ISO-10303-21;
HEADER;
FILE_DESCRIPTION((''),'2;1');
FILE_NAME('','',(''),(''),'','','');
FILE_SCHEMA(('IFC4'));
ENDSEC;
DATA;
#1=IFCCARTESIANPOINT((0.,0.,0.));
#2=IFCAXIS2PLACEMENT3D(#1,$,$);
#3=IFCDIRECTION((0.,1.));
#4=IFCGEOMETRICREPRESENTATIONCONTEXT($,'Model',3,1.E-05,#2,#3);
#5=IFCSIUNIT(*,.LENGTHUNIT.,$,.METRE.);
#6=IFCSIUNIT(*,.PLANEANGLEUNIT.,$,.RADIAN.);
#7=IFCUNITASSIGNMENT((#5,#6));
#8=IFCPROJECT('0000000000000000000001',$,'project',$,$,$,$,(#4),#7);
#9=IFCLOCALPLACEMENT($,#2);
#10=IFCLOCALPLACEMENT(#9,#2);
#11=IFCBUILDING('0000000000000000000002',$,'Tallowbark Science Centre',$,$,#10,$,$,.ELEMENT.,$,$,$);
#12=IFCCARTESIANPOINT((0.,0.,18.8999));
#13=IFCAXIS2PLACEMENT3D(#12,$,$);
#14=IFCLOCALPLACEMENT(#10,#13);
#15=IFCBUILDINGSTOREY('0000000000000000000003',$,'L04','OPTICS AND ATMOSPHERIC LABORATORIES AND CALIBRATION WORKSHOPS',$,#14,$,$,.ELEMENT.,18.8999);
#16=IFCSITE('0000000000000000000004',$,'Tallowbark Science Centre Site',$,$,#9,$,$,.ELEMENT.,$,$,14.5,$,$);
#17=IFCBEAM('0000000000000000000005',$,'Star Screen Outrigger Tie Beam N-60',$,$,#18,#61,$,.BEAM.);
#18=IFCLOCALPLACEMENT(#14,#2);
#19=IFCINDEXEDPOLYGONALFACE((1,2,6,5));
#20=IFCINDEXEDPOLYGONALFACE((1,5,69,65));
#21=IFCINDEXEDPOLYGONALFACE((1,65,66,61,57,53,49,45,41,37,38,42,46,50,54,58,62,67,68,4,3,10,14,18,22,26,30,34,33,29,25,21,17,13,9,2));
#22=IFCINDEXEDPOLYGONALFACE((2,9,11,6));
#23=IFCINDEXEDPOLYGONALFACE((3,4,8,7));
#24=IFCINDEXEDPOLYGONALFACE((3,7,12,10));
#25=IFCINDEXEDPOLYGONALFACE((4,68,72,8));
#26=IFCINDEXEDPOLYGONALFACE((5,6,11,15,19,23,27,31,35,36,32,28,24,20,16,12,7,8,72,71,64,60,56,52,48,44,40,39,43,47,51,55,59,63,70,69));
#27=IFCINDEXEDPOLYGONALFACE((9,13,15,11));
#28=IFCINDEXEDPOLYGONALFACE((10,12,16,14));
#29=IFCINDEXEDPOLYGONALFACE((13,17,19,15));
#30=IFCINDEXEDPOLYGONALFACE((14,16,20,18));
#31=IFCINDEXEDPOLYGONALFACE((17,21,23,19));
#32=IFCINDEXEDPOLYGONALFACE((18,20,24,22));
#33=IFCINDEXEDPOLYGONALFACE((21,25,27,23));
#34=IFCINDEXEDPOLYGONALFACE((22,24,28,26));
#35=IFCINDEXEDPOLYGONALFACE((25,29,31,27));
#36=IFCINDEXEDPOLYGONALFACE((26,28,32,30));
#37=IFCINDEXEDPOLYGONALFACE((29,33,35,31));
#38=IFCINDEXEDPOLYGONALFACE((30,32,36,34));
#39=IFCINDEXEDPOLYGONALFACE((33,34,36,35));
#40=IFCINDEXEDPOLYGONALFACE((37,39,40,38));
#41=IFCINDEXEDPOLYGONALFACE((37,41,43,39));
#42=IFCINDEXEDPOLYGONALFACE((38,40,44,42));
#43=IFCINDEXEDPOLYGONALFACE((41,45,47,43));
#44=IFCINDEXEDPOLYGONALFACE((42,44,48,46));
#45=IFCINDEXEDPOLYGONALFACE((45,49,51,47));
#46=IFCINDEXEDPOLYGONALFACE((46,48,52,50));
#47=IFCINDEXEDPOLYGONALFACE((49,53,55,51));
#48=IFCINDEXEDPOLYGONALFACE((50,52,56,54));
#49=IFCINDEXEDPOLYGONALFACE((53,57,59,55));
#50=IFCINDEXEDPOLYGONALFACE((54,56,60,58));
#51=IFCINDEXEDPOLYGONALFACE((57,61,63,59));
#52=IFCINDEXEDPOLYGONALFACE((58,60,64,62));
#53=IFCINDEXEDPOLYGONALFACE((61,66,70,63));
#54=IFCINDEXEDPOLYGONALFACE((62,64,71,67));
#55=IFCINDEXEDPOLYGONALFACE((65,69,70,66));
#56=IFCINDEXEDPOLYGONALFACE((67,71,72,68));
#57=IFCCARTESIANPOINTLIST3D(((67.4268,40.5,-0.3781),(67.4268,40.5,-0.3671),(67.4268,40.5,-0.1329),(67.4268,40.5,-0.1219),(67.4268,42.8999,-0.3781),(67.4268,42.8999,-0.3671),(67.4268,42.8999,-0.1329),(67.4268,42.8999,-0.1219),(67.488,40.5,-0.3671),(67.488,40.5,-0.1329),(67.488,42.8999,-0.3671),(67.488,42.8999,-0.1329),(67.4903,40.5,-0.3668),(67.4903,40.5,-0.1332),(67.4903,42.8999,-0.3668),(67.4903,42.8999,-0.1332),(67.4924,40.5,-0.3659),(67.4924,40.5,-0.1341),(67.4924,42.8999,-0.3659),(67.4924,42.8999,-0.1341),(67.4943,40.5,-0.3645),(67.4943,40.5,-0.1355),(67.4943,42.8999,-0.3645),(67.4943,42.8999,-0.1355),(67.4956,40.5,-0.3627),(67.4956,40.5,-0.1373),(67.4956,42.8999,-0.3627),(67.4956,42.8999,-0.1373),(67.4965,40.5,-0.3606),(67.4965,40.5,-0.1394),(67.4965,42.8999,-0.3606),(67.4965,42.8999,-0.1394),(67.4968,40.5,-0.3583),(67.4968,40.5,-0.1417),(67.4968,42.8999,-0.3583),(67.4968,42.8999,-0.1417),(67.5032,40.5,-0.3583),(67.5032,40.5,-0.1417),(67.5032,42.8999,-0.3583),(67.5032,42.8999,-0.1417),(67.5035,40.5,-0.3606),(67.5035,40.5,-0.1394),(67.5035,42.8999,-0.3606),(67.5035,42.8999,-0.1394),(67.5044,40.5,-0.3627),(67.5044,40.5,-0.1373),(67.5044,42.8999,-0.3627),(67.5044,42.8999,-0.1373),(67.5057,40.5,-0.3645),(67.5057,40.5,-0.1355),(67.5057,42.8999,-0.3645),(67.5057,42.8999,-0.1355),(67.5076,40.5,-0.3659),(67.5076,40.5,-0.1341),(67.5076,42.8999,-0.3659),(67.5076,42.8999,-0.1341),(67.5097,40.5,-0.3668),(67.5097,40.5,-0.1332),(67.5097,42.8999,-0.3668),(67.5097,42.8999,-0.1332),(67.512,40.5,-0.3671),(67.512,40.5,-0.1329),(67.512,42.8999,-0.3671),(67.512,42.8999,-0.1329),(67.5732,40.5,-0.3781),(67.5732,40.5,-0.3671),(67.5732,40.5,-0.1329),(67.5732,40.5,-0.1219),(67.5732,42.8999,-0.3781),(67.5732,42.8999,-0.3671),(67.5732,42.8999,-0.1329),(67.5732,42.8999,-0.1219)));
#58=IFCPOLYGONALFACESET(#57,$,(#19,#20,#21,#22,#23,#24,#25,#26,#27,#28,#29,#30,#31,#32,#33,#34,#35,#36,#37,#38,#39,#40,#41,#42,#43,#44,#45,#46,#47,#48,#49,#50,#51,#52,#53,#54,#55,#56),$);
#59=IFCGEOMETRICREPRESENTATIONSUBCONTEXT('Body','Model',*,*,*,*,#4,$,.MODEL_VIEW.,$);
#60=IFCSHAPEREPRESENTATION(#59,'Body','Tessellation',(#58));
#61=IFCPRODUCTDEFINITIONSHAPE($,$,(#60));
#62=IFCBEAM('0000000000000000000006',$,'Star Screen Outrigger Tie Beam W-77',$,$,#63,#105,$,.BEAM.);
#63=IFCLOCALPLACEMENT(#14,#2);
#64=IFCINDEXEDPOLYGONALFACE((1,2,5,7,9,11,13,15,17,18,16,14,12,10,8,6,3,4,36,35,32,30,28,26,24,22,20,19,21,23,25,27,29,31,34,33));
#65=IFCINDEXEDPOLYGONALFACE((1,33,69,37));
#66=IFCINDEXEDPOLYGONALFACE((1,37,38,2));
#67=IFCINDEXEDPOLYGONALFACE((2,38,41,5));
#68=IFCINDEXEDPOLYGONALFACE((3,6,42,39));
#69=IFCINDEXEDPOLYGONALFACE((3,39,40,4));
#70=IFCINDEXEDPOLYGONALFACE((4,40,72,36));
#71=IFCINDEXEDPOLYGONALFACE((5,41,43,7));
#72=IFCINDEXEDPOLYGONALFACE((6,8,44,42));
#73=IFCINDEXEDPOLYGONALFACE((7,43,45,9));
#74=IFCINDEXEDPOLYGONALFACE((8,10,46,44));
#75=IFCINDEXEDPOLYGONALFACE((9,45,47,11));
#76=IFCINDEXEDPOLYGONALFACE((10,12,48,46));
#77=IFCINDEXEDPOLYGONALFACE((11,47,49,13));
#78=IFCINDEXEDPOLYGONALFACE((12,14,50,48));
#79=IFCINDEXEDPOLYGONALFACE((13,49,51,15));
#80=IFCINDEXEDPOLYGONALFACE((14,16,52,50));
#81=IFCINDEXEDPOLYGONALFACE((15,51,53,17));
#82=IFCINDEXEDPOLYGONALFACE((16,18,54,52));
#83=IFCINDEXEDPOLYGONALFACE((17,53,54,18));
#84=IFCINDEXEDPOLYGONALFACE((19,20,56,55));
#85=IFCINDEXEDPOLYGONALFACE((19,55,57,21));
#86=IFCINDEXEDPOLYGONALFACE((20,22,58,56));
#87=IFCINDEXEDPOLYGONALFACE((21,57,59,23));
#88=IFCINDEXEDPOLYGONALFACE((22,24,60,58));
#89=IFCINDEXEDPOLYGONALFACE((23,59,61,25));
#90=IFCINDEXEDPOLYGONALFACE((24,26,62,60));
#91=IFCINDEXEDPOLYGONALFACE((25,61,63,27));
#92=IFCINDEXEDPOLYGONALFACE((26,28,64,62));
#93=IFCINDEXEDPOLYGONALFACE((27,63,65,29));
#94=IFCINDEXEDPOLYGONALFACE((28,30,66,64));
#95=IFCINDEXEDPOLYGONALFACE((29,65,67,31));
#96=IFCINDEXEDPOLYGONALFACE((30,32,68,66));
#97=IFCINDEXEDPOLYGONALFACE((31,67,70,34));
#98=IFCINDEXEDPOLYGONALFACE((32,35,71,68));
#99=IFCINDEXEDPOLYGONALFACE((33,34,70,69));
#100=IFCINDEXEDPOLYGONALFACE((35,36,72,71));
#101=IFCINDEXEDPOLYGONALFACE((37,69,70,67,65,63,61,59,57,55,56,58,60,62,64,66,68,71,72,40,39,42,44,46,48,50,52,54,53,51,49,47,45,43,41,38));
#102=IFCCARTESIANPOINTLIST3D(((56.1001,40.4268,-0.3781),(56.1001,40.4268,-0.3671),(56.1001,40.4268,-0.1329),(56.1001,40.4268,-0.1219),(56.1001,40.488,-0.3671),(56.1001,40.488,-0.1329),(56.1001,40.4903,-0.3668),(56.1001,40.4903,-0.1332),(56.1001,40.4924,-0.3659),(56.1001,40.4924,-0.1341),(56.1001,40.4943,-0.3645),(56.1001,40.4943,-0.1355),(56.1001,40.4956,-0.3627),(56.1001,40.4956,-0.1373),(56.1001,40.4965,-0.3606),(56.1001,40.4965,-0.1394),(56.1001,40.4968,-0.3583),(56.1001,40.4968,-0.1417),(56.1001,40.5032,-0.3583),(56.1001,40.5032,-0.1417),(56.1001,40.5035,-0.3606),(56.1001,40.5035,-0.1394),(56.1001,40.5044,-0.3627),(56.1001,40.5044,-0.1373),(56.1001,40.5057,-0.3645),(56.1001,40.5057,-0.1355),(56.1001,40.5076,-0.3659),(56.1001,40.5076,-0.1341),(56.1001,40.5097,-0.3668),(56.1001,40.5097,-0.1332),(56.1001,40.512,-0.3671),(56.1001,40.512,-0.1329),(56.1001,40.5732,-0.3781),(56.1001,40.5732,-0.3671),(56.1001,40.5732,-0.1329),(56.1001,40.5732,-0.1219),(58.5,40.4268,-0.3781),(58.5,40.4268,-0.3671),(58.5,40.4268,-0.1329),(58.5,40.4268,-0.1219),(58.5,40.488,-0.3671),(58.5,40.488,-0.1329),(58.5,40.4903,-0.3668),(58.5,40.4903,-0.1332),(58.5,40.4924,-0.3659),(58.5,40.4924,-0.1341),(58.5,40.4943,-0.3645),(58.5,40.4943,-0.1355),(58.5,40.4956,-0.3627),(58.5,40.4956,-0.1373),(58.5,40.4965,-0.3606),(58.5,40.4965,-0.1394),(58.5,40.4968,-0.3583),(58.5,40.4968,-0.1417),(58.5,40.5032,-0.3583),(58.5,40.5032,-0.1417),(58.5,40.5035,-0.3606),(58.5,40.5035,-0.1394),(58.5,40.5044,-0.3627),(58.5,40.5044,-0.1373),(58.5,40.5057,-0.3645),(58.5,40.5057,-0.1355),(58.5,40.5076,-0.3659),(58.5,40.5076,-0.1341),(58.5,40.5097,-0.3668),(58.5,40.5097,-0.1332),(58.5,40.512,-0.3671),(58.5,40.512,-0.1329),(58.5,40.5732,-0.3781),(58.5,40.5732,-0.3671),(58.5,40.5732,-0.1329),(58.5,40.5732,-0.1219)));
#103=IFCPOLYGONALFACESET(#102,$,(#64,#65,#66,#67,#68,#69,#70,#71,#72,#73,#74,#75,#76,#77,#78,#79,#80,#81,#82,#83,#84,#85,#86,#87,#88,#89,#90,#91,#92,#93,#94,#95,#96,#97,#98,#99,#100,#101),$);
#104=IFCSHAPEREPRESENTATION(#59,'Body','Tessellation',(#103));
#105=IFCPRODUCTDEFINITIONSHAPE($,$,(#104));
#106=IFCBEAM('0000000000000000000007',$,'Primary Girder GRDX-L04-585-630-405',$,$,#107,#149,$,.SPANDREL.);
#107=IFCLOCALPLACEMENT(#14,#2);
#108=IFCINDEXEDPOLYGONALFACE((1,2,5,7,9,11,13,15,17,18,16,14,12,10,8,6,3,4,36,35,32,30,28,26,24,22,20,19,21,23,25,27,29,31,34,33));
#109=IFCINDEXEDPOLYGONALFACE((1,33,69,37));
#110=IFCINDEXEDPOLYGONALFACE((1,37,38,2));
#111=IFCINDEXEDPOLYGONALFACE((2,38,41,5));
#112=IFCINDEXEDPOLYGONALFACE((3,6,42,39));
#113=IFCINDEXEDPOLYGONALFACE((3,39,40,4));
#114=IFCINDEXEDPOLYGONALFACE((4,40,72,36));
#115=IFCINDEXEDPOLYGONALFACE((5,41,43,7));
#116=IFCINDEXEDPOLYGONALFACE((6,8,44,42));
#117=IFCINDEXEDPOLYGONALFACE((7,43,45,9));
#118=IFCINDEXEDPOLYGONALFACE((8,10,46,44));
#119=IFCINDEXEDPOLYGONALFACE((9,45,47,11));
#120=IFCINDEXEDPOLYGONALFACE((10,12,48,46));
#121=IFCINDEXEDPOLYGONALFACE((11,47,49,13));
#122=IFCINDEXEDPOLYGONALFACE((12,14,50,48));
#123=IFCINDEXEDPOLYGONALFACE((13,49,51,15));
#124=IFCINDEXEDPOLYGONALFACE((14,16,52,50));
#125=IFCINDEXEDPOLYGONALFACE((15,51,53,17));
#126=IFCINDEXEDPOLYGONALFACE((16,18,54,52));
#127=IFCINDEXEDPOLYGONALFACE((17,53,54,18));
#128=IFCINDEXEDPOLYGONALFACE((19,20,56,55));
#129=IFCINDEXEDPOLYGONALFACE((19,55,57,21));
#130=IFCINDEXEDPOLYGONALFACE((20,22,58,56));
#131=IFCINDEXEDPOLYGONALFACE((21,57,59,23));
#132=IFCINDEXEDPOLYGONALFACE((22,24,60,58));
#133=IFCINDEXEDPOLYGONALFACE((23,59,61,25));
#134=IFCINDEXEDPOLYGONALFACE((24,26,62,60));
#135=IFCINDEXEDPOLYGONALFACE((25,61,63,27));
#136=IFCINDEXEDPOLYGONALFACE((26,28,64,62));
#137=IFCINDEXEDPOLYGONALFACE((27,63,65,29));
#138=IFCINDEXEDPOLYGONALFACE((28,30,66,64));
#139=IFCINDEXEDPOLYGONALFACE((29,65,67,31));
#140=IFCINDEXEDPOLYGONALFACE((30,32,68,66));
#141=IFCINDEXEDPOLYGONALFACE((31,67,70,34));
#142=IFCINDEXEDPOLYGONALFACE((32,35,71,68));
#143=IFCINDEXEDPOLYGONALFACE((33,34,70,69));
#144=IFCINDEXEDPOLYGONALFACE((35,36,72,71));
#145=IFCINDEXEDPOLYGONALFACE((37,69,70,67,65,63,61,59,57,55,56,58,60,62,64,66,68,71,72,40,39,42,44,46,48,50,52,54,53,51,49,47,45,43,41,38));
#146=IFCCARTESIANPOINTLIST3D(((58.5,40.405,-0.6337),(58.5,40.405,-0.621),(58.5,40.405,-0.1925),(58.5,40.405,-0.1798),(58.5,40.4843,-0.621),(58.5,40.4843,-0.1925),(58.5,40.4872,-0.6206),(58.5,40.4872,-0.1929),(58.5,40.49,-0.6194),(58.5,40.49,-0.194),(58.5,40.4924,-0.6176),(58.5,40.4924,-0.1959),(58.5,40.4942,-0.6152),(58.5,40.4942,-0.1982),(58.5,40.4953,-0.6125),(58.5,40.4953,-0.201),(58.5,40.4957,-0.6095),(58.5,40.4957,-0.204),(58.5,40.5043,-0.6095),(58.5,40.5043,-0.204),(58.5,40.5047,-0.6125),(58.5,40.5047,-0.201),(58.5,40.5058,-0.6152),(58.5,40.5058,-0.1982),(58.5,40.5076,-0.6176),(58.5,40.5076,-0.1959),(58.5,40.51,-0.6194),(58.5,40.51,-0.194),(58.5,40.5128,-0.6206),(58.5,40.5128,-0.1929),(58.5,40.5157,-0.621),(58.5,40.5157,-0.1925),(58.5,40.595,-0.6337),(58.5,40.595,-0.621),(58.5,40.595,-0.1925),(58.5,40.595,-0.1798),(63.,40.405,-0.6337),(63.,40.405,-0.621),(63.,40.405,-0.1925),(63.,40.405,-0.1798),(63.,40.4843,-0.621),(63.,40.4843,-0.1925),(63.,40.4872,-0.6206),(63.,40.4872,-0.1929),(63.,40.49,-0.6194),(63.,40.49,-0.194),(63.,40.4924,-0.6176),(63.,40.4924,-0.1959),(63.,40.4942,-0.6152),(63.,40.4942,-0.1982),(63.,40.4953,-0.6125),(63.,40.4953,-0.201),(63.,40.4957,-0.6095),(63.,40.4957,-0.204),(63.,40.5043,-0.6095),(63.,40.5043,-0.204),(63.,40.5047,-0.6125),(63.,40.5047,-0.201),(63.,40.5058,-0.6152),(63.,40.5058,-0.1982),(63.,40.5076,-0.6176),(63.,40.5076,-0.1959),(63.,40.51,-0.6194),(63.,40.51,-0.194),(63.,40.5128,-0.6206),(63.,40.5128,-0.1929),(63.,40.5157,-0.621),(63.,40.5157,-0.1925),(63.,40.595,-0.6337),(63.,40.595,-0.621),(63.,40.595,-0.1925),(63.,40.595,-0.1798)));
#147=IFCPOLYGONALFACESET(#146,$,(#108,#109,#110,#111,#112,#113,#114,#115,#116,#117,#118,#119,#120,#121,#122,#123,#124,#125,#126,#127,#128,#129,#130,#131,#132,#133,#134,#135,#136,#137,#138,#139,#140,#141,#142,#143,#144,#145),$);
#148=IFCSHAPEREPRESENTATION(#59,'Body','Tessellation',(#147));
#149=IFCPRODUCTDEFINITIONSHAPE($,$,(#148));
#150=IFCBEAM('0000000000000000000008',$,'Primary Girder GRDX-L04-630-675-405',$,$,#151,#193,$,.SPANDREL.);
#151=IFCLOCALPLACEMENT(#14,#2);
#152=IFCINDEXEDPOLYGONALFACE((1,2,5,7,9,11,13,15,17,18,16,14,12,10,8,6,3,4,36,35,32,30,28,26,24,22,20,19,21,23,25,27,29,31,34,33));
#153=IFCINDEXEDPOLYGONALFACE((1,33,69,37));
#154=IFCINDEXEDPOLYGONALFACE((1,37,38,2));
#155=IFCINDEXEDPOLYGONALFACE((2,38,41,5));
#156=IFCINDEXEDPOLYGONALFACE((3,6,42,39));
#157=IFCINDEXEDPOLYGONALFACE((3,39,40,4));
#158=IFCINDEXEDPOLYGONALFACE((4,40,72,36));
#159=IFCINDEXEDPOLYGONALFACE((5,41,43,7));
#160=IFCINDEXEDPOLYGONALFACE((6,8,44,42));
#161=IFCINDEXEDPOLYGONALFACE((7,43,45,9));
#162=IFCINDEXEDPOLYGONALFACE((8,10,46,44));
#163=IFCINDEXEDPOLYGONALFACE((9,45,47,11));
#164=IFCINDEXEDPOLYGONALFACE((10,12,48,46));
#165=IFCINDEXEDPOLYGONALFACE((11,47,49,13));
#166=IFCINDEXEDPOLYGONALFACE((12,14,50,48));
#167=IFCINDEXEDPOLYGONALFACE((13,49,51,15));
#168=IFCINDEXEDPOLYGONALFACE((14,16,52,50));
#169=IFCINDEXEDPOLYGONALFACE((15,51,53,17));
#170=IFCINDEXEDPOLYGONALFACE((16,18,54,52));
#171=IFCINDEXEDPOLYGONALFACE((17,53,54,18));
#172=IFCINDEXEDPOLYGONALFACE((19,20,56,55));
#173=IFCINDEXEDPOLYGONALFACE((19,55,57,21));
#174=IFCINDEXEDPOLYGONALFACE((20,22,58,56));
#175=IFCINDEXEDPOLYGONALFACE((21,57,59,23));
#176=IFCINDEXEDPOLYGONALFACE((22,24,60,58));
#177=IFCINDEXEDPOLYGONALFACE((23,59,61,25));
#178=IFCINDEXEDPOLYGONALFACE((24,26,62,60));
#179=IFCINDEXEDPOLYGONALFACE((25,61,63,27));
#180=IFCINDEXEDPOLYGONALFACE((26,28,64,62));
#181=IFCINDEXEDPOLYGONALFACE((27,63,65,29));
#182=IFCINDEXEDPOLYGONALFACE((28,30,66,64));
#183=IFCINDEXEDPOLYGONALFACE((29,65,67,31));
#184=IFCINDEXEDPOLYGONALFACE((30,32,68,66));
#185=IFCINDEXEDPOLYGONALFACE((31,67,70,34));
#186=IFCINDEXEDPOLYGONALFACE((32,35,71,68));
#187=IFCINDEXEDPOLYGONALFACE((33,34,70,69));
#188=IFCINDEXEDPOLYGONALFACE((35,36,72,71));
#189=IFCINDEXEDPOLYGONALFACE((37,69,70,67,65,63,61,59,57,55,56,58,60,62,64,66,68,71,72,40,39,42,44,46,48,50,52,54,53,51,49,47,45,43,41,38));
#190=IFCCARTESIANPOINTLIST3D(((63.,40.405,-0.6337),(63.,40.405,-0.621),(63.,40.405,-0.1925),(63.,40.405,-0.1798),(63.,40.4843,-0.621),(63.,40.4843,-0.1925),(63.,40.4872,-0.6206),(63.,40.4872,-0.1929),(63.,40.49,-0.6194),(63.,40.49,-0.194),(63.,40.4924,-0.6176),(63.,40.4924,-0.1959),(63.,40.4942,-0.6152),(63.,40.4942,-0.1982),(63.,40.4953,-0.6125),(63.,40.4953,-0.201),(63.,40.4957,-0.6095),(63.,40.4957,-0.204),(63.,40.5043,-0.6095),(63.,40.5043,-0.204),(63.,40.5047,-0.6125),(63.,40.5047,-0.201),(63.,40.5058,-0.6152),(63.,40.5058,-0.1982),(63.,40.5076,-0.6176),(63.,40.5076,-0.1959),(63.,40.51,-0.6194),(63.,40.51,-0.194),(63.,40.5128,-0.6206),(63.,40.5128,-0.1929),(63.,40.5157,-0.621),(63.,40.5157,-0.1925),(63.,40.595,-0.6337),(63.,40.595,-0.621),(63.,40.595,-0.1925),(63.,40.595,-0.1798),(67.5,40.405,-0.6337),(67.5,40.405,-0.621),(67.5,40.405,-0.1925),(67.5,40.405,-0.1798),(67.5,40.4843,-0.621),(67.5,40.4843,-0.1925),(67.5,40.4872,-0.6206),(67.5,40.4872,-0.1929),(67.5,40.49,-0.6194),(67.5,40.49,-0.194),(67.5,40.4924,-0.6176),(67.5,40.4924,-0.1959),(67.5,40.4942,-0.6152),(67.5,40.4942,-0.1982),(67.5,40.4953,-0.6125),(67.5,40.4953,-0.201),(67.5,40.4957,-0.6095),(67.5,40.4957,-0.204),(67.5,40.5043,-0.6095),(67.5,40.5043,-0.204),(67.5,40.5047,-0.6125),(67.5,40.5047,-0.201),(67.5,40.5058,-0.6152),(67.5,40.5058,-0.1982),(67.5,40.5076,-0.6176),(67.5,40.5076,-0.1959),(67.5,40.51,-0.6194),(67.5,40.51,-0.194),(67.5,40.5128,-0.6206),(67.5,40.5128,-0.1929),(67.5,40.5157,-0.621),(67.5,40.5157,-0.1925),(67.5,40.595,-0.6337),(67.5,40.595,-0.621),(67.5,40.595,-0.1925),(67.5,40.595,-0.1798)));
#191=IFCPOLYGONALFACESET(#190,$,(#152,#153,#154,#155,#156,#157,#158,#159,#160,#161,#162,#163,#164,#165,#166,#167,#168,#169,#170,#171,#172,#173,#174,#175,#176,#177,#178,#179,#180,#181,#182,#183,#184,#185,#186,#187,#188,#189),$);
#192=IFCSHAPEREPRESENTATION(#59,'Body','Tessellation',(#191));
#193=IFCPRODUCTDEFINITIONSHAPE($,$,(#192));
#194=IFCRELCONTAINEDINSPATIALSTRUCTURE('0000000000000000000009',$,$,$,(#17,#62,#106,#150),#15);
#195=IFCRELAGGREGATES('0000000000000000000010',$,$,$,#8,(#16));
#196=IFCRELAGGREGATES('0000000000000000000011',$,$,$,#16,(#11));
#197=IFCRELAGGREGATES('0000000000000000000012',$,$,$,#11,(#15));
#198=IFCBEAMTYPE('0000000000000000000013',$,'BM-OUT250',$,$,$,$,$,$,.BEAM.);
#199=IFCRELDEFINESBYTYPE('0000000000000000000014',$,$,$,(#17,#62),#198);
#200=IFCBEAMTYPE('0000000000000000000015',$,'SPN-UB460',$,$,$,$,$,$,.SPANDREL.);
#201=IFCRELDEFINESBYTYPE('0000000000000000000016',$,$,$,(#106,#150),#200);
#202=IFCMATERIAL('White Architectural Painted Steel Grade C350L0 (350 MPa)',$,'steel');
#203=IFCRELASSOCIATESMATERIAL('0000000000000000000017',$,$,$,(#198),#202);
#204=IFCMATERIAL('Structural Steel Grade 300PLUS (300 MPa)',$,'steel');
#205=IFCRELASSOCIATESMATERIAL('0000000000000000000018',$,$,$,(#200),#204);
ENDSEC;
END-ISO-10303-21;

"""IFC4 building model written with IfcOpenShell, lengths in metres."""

from ifc_helpers import new_model, si_unit, direction, frame, origin, origin_2d, place, context, subcontext, project, spatial, i_section, extrude, material, material_profile, profile_set, type_object, element, save


model = new_model("IFC4")

# Units and contexts
model_context = context("Model", 3, precision=1e-05, world=origin(), true_north=direction((0.0, 1.0)))
body_context = subcontext(model_context, "Body", "Model", "MODEL_VIEW")
ifc_project = project(units=[si_unit("LENGTHUNIT", "METRE"), si_unit("PLANEANGLEUNIT", "RADIAN")], contexts=[model_context])

# Site, building, storey
site_placement = place(None, origin())
site = spatial("IfcSite", under=ifc_project, at=site_placement, Name="Tallowbark Science Centre Site", CompositionType="ELEMENT", RefElevation=14.5)
building_placement = place(site_placement, origin())
building = spatial("IfcBuilding", under=site, at=building_placement, Name="Tallowbark Science Centre", CompositionType="ELEMENT")
storey_placement = place(building_placement, frame((0.0, 0.0, 18.8999)))
storey = spatial("IfcBuildingStorey", under=building, at=storey_placement, Name="L04", Description="OPTICS AND ATMOSPHERIC LABORATORIES AND CALIBRATION WORKSHOPS", CompositionType="ELEMENT", Elevation=18.8999)

# Shared definitions
ifc_material_1 = material(Name="White Architectural Painted Steel Grade C350L0 (350 MPa)", Category="steel")
ifc_material_2 = material(Name="Structural Steel Grade 300PLUS (300 MPa)", Category="steel")

# Beams
ifc_material_profile_1 = material_profile(ifc_material_1, i_section(OverallWidth=0.1465, OverallDepth=0.2561, WebThickness=0.0063, FlangeThickness=0.011, FilletRadius=0.0088, at=origin_2d()), Name="250UB37.3")
ifc_profile_set_1 = profile_set([ifc_material_profile_1], Name="White Architectural Painted Steel Grade C350L0 (350 MPa)")
beam_type_1 = type_object("IfcBeamType", Name="BM-OUT250", PredefinedType="BEAM", material=ifc_profile_set_1)
for number, where, z_axis, x_axis, name in (
    (1, (67.5, 40.5, -0.25), (0.0, 1.0, 0.0), (-1.0, 0.0, 0.0), "Star Screen Outrigger Tie Beam N-60"),
    (2, (58.5, 40.5, -0.25), (-1.0, 0.0, 0.0), (0.0, -1.0, 0.0), "Star Screen Outrigger Tie Beam W-77"),
):
    element("IfcBeam", number, at=place(storey_placement, frame(where, z_axis=z_axis, x_axis=x_axis)), inside=storey, type_object=beam_type_1, Name=name, PredefinedType="BEAM", context=body_context, shape_type="SweptSolid", body=[
        extrude(i_section(OverallWidth=0.1465, OverallDepth=0.2561, WebThickness=0.0063, FlangeThickness=0.011, FilletRadius=0.0088, at=origin_2d()), origin(), (0.0, 0.0, 1.0), 2.3999),
    ])
ifc_material_profile_2 = material_profile(ifc_material_2, i_section(OverallWidth=0.1899, OverallDepth=0.4539, WebThickness=0.0085, FlangeThickness=0.0127, FilletRadius=0.0115, at=origin_2d()), Name="460UB67.1")
ifc_profile_set_2 = profile_set([ifc_material_profile_2], Name="Structural Steel Grade 300PLUS (300 MPa)")
beam_type_2 = type_object("IfcBeamType", Name="SPN-UB460", PredefinedType="SPANDREL", material=ifc_profile_set_2)
for number, where, z_axis, x_axis, name in (
    (3, (58.5, 40.5, -0.4067), (1.0, 0.0, 0.0), (0.0, 1.0, 0.0), "Primary Girder GRDX-L04-585-630-405"),
    (4, (63.0, 40.5, -0.4067), (1.0, 0.0, 0.0), (0.0, 1.0, 0.0), "Primary Girder GRDX-L04-630-675-405"),
):
    element("IfcBeam", number, at=place(storey_placement, frame(where, z_axis=z_axis, x_axis=x_axis)), inside=storey, type_object=beam_type_2, Name=name, PredefinedType="SPANDREL", context=body_context, shape_type="SweptSolid", body=[
        extrude(i_section(OverallWidth=0.1899, OverallDepth=0.4539, WebThickness=0.0085, FlangeThickness=0.0127, FilletRadius=0.0115, at=origin_2d()), origin(), (0.0, 0.0, 1.0), 4.5),
    ])

save(model, "model.ifc")
